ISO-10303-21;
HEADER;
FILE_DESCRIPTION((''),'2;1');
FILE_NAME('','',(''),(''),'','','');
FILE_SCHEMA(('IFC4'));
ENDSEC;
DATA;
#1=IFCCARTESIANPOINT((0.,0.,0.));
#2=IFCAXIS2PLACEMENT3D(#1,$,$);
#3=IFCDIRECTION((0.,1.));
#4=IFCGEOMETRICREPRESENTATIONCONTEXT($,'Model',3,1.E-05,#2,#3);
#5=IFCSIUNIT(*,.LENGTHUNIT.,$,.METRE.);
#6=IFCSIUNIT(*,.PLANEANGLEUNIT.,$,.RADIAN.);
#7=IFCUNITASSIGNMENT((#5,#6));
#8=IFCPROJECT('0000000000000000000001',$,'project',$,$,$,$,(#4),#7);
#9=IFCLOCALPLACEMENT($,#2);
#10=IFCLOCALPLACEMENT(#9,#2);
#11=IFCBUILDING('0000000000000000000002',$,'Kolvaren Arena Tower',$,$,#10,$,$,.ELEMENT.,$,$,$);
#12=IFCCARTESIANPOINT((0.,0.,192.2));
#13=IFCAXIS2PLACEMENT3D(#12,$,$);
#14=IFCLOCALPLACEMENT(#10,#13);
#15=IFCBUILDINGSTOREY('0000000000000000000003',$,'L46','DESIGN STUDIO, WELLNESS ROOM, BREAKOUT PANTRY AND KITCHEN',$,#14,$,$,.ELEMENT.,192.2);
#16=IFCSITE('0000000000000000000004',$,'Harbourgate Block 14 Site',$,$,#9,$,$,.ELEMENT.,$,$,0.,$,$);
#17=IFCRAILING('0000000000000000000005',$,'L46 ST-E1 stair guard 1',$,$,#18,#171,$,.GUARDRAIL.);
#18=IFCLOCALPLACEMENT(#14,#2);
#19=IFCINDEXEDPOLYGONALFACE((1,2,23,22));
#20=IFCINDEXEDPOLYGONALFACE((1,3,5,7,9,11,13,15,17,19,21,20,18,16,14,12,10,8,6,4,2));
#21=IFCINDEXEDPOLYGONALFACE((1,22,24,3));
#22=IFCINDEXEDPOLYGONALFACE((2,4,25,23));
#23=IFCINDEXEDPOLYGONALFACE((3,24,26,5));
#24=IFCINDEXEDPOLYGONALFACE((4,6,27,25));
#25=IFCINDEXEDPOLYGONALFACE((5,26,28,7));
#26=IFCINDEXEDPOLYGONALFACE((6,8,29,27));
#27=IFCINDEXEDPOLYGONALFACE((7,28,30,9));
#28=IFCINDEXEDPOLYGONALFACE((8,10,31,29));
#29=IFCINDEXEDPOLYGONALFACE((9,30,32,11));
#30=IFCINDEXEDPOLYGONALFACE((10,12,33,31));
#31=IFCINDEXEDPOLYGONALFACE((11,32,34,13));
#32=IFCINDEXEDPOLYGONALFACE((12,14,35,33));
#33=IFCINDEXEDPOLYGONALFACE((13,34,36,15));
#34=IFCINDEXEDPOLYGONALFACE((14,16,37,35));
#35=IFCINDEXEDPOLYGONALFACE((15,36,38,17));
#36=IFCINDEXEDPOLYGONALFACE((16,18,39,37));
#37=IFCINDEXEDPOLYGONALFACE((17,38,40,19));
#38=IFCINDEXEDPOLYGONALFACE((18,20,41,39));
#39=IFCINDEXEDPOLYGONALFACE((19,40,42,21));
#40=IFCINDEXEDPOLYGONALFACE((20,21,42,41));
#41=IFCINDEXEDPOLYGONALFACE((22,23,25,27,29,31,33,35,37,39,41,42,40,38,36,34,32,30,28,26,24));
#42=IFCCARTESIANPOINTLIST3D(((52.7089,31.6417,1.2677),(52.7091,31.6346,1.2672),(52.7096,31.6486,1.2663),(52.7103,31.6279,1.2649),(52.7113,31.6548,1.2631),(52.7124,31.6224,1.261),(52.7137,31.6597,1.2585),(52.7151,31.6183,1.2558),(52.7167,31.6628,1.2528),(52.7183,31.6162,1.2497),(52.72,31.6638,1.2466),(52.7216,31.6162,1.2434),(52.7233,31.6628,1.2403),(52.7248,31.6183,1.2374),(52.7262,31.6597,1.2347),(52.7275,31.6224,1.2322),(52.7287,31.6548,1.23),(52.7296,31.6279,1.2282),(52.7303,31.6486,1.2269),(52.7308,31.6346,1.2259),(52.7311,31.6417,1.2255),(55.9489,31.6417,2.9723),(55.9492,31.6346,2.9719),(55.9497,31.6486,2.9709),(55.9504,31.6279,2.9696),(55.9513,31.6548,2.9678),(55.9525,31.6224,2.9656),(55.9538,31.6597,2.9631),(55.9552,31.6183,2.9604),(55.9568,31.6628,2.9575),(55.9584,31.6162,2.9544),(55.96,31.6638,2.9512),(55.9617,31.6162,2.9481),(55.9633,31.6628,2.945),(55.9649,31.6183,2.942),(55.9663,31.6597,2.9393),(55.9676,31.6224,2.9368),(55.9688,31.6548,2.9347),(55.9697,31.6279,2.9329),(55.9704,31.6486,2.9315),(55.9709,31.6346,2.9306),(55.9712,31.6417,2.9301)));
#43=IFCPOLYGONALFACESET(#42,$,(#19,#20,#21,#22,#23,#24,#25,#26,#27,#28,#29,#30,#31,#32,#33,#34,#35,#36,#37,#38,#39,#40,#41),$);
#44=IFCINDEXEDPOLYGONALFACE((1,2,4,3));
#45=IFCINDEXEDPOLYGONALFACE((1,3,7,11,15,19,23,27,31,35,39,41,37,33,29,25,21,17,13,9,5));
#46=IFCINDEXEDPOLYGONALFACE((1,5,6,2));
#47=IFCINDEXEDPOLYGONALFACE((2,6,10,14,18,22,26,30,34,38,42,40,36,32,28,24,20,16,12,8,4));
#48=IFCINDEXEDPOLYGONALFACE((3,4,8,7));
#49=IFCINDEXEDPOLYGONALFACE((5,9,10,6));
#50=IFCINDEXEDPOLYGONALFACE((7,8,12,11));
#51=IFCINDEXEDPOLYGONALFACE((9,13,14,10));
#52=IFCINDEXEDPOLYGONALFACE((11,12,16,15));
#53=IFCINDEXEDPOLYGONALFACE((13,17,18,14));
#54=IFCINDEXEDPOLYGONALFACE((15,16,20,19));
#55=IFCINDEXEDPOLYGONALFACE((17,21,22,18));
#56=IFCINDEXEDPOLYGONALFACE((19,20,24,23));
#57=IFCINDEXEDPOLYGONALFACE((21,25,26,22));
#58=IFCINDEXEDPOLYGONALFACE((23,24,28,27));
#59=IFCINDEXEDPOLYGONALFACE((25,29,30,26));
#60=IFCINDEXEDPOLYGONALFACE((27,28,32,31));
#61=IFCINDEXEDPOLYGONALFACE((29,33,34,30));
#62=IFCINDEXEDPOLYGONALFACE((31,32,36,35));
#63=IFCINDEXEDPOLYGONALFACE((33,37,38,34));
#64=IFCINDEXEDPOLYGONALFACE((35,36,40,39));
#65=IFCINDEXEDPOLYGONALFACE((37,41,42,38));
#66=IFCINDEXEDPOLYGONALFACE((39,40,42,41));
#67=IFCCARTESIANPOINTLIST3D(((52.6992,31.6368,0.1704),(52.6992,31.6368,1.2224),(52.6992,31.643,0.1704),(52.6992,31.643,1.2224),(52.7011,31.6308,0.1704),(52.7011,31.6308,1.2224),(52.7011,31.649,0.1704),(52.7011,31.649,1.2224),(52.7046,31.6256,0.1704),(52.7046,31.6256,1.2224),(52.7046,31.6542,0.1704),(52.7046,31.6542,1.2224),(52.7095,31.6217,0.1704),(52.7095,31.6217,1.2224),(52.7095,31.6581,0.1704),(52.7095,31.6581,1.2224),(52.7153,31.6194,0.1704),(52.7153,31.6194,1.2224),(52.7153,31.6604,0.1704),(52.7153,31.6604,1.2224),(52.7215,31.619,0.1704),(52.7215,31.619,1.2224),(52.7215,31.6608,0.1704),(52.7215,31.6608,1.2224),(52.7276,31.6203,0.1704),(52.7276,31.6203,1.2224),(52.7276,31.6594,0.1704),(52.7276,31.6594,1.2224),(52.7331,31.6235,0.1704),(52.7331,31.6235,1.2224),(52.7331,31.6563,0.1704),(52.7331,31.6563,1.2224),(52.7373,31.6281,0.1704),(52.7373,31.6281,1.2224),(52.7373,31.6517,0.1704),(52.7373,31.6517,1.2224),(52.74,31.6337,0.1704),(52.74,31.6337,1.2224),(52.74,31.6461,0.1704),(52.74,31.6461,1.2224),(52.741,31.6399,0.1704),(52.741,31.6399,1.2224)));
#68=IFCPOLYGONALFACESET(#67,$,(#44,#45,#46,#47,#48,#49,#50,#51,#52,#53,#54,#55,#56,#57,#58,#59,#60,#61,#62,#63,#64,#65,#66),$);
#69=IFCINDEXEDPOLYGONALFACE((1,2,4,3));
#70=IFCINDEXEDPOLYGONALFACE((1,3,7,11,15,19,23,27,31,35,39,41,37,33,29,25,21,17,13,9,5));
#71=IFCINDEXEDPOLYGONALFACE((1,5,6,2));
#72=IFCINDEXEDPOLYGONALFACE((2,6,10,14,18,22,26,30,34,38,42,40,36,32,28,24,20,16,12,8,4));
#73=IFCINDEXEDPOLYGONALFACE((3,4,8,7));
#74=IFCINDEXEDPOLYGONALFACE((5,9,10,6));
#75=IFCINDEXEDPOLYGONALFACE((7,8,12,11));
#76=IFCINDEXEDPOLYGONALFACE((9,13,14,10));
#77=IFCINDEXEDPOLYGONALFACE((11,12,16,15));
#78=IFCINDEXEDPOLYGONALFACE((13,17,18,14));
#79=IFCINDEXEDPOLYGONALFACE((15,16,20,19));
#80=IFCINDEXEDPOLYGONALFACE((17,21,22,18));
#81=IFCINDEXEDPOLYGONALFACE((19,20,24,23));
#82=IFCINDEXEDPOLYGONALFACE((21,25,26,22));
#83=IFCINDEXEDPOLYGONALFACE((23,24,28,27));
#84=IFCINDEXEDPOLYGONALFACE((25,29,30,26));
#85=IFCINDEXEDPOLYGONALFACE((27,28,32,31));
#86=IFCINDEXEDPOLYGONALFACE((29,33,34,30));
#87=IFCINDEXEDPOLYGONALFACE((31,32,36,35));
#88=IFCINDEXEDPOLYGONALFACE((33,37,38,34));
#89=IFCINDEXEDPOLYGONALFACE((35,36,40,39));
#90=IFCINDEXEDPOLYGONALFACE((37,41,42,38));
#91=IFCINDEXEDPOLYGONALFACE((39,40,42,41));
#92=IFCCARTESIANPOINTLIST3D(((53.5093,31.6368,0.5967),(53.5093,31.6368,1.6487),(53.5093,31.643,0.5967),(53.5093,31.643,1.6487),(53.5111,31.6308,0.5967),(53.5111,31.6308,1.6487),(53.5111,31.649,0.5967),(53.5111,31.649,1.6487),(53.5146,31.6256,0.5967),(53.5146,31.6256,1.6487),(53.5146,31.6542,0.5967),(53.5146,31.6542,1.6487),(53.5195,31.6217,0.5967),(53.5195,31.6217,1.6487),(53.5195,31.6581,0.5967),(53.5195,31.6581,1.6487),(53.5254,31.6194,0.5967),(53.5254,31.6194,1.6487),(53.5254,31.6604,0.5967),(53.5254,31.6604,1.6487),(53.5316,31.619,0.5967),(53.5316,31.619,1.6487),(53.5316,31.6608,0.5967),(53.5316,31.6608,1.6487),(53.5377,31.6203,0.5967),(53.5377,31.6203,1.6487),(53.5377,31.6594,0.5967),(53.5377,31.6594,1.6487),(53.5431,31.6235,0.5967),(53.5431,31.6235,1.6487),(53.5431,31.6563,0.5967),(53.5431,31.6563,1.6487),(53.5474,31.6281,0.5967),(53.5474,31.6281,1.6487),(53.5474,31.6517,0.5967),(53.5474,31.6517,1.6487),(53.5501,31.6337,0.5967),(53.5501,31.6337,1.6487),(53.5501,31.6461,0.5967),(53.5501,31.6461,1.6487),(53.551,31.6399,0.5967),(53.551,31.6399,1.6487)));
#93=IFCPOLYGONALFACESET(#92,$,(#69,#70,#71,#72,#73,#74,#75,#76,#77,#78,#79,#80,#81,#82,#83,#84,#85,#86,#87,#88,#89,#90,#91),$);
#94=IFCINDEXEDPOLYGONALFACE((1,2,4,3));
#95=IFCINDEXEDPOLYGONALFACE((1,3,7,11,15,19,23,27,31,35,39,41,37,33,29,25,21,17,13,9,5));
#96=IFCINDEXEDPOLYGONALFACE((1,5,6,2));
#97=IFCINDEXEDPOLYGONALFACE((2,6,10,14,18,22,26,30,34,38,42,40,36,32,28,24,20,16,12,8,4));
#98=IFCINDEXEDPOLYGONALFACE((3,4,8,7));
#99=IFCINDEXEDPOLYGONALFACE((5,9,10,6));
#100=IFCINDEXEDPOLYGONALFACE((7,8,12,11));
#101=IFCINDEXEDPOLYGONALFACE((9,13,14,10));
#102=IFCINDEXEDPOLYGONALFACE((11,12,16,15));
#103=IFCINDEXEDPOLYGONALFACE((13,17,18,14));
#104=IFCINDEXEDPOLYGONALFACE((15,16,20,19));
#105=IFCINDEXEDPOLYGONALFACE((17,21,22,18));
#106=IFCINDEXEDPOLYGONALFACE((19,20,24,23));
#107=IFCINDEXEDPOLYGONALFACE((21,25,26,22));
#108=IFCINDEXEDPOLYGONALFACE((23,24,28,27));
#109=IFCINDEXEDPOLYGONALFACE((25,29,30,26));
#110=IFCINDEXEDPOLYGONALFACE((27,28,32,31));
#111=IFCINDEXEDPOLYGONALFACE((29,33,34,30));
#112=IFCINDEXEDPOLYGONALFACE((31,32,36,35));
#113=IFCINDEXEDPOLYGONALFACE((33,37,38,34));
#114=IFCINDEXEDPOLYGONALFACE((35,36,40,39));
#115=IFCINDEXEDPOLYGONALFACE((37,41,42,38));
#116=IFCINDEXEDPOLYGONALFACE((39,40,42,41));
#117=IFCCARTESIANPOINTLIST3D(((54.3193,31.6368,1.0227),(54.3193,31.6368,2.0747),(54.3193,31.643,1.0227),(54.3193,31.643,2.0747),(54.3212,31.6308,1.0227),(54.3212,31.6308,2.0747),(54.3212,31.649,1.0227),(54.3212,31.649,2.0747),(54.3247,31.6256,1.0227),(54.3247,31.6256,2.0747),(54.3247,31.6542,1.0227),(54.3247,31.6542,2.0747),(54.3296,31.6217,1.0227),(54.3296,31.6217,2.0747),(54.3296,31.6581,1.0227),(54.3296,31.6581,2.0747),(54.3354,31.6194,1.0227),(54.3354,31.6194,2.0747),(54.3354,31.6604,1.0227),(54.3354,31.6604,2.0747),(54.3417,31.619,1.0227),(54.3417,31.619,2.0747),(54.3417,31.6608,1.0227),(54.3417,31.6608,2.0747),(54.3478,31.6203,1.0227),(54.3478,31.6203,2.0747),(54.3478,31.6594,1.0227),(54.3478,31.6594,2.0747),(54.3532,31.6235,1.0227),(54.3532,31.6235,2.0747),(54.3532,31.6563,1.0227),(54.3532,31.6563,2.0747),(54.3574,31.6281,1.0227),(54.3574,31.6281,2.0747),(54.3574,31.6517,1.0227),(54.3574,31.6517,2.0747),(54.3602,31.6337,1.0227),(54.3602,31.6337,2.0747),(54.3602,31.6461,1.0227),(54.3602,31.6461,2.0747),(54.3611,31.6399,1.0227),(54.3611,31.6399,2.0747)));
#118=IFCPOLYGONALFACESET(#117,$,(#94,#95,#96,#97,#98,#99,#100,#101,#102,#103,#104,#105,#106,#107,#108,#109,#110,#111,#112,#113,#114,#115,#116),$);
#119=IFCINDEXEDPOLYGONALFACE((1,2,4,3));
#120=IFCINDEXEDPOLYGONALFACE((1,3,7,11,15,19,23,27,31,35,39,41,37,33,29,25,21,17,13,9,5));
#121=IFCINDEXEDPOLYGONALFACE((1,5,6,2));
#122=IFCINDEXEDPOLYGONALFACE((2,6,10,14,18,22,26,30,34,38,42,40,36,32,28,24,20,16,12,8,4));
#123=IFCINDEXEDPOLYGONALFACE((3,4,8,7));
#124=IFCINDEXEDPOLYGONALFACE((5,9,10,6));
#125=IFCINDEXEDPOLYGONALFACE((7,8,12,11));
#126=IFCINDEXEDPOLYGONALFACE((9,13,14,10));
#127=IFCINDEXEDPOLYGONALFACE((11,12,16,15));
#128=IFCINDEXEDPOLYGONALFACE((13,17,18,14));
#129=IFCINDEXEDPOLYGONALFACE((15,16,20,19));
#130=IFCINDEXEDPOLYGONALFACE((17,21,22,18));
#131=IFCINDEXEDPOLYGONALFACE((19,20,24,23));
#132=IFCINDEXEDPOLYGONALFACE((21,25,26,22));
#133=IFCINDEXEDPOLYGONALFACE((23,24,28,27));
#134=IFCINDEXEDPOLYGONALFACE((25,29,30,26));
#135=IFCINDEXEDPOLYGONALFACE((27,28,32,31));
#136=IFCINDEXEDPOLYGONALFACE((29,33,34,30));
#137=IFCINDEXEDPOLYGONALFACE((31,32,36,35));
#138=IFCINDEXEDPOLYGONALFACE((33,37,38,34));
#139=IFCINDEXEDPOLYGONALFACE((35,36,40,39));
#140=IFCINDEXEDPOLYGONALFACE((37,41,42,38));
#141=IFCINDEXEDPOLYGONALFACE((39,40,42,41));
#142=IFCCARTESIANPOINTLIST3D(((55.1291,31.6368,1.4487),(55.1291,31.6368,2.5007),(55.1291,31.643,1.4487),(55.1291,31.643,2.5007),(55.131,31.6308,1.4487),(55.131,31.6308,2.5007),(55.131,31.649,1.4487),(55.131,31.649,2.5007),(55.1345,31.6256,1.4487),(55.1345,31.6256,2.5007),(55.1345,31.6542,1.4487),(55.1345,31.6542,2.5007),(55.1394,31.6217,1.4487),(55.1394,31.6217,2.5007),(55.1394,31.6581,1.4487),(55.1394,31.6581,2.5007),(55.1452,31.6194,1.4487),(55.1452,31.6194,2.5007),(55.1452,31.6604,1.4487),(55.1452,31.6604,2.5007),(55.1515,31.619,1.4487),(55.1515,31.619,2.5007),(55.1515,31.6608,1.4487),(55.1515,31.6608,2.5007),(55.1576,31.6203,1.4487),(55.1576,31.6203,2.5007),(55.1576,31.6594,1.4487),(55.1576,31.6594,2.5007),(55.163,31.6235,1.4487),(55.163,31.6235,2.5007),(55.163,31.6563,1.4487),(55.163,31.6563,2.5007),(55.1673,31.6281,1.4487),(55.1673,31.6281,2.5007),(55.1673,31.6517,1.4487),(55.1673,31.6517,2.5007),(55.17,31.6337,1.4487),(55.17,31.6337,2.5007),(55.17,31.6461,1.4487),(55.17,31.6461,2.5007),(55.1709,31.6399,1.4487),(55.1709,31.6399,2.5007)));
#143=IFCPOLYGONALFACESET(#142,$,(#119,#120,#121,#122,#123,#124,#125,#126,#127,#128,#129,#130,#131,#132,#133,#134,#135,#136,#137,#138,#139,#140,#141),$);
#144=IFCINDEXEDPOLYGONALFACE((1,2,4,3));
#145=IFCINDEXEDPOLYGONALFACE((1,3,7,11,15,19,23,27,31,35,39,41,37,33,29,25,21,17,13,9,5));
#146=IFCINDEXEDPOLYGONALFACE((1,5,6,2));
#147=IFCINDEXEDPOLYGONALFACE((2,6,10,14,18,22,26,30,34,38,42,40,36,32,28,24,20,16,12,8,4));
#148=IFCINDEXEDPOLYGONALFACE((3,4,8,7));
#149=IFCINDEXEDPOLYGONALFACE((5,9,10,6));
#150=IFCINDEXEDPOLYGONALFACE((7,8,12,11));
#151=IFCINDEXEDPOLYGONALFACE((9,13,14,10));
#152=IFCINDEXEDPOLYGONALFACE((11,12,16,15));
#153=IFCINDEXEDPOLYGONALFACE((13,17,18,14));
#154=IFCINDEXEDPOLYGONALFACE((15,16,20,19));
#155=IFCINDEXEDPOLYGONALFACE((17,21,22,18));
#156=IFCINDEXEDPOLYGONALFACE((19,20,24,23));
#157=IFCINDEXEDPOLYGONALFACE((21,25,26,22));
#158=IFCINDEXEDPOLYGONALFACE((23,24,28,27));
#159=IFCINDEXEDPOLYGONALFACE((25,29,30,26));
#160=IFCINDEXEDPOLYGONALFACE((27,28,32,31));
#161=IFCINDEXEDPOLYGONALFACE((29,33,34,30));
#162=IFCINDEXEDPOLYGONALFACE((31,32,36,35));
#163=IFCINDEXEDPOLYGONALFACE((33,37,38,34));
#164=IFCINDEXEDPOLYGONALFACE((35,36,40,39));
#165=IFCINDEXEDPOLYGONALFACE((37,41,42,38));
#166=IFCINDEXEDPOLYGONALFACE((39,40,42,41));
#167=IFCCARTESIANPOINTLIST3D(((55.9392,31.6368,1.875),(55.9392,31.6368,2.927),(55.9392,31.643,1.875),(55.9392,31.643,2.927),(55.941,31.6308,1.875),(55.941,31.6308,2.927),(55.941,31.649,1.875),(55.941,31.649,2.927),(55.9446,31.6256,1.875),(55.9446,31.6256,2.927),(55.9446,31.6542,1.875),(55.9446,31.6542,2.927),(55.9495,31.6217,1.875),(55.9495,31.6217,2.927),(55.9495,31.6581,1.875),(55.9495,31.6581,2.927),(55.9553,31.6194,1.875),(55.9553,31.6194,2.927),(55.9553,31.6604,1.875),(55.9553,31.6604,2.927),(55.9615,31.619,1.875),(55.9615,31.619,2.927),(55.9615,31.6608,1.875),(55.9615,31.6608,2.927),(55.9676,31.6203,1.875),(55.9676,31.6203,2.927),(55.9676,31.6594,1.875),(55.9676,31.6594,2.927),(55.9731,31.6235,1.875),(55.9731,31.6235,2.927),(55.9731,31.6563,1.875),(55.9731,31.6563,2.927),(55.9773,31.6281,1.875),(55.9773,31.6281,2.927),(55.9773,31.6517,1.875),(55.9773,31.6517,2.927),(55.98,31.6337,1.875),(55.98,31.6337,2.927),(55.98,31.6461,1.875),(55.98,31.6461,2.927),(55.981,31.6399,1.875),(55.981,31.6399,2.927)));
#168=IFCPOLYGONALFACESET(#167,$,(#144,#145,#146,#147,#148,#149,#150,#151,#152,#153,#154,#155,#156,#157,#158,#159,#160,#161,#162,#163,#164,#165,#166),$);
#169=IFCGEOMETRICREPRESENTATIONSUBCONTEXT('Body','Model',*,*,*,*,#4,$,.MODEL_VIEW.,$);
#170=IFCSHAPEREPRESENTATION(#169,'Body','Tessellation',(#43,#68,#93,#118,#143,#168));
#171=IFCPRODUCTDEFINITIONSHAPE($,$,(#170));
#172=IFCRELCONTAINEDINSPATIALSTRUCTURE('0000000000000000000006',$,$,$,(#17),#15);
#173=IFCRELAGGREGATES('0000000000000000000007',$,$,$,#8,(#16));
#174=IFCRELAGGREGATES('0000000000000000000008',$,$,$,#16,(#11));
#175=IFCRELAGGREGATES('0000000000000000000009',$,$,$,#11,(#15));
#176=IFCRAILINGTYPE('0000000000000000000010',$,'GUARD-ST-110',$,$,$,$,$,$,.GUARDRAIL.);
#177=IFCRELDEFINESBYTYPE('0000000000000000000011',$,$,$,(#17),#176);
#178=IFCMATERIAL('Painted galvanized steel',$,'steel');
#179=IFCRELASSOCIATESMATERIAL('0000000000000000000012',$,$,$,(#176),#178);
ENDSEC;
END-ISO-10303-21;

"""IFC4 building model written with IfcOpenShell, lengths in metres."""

from ifc_helpers import new_model, si_unit, direction, frame, origin, origin_2d, place, context, subcontext, project, spatial, circle, extrude, material, type_object, element, save


model = new_model("IFC4")

# Units and contexts
model_context = context("Model", 3, precision=1e-05, world=origin(), true_north=direction((0.0, 1.0)))
body_context = subcontext(model_context, "Body", "Model", "MODEL_VIEW")
ifc_project = project(units=[si_unit("LENGTHUNIT", "METRE"), si_unit("PLANEANGLEUNIT", "RADIAN")], contexts=[model_context])

# Site, building, storey
site_placement = place(None, origin())
site = spatial("IfcSite", under=ifc_project, at=site_placement, Name="Harbourgate Block 14 Site", CompositionType="ELEMENT", RefElevation=0.0)
building_placement = place(site_placement, origin())
building = spatial("IfcBuilding", under=site, at=building_placement, Name="Kolvaren Arena Tower", CompositionType="ELEMENT")
storey_placement = place(building_placement, frame((0.0, 0.0, 192.2)))
storey = spatial("IfcBuildingStorey", under=building, at=storey_placement, Name="L46", Description="DESIGN STUDIO, WELLNESS ROOM, BREAKOUT PANTRY AND KITCHEN", CompositionType="ELEMENT", Elevation=192.2)

# Railing
ifc_material_1 = material(Name="Painted galvanized steel", Category="steel")
railing_type_1 = type_object("IfcRailingType", Name="GUARD-ST-110", PredefinedType="GUARDRAIL", material=ifc_material_1)
railing_1_placement = place(storey_placement, frame((52.72, 31.6399, 0.1704)))
element("IfcRailing", 1, at=railing_1_placement, inside=storey, type_object=railing_type_1, Name="L46 ST-E1 stair guard 1", PredefinedType="GUARDRAIL", context=body_context, shape_type="SweptSolid", body=[
    extrude(circle(Radius=0.0239, at=origin_2d()), frame((0.0, 0.0, 1.0762), z_axis=(0.884993, 0.0, 0.465604), x_axis=(0.0, 1.0, 0.0)), (0.0, 0.0, 1.0), 3.6611),
    extrude(circle(Radius=0.021, at=origin_2d()), origin(), (0.0, 0.0, 1.0), 1.052),
    extrude(circle(Radius=0.021, at=origin_2d()), frame((0.8101, 0.0, 0.4263)), (0.0, 0.0, 1.0), 1.052),
    extrude(circle(Radius=0.021, at=origin_2d()), frame((1.6201, 0.0, 0.8523)), (0.0, 0.0, 1.0), 1.052),
    extrude(circle(Radius=0.021, at=origin_2d()), frame((2.4299, 0.0, 1.2783)), (0.0, 0.0, 1.0), 1.052),
    extrude(circle(Radius=0.021, at=origin_2d()), frame((3.24, 0.0, 1.7046)), (0.0, 0.0, 1.0), 1.052),
])

save(model, "model.ifc")
